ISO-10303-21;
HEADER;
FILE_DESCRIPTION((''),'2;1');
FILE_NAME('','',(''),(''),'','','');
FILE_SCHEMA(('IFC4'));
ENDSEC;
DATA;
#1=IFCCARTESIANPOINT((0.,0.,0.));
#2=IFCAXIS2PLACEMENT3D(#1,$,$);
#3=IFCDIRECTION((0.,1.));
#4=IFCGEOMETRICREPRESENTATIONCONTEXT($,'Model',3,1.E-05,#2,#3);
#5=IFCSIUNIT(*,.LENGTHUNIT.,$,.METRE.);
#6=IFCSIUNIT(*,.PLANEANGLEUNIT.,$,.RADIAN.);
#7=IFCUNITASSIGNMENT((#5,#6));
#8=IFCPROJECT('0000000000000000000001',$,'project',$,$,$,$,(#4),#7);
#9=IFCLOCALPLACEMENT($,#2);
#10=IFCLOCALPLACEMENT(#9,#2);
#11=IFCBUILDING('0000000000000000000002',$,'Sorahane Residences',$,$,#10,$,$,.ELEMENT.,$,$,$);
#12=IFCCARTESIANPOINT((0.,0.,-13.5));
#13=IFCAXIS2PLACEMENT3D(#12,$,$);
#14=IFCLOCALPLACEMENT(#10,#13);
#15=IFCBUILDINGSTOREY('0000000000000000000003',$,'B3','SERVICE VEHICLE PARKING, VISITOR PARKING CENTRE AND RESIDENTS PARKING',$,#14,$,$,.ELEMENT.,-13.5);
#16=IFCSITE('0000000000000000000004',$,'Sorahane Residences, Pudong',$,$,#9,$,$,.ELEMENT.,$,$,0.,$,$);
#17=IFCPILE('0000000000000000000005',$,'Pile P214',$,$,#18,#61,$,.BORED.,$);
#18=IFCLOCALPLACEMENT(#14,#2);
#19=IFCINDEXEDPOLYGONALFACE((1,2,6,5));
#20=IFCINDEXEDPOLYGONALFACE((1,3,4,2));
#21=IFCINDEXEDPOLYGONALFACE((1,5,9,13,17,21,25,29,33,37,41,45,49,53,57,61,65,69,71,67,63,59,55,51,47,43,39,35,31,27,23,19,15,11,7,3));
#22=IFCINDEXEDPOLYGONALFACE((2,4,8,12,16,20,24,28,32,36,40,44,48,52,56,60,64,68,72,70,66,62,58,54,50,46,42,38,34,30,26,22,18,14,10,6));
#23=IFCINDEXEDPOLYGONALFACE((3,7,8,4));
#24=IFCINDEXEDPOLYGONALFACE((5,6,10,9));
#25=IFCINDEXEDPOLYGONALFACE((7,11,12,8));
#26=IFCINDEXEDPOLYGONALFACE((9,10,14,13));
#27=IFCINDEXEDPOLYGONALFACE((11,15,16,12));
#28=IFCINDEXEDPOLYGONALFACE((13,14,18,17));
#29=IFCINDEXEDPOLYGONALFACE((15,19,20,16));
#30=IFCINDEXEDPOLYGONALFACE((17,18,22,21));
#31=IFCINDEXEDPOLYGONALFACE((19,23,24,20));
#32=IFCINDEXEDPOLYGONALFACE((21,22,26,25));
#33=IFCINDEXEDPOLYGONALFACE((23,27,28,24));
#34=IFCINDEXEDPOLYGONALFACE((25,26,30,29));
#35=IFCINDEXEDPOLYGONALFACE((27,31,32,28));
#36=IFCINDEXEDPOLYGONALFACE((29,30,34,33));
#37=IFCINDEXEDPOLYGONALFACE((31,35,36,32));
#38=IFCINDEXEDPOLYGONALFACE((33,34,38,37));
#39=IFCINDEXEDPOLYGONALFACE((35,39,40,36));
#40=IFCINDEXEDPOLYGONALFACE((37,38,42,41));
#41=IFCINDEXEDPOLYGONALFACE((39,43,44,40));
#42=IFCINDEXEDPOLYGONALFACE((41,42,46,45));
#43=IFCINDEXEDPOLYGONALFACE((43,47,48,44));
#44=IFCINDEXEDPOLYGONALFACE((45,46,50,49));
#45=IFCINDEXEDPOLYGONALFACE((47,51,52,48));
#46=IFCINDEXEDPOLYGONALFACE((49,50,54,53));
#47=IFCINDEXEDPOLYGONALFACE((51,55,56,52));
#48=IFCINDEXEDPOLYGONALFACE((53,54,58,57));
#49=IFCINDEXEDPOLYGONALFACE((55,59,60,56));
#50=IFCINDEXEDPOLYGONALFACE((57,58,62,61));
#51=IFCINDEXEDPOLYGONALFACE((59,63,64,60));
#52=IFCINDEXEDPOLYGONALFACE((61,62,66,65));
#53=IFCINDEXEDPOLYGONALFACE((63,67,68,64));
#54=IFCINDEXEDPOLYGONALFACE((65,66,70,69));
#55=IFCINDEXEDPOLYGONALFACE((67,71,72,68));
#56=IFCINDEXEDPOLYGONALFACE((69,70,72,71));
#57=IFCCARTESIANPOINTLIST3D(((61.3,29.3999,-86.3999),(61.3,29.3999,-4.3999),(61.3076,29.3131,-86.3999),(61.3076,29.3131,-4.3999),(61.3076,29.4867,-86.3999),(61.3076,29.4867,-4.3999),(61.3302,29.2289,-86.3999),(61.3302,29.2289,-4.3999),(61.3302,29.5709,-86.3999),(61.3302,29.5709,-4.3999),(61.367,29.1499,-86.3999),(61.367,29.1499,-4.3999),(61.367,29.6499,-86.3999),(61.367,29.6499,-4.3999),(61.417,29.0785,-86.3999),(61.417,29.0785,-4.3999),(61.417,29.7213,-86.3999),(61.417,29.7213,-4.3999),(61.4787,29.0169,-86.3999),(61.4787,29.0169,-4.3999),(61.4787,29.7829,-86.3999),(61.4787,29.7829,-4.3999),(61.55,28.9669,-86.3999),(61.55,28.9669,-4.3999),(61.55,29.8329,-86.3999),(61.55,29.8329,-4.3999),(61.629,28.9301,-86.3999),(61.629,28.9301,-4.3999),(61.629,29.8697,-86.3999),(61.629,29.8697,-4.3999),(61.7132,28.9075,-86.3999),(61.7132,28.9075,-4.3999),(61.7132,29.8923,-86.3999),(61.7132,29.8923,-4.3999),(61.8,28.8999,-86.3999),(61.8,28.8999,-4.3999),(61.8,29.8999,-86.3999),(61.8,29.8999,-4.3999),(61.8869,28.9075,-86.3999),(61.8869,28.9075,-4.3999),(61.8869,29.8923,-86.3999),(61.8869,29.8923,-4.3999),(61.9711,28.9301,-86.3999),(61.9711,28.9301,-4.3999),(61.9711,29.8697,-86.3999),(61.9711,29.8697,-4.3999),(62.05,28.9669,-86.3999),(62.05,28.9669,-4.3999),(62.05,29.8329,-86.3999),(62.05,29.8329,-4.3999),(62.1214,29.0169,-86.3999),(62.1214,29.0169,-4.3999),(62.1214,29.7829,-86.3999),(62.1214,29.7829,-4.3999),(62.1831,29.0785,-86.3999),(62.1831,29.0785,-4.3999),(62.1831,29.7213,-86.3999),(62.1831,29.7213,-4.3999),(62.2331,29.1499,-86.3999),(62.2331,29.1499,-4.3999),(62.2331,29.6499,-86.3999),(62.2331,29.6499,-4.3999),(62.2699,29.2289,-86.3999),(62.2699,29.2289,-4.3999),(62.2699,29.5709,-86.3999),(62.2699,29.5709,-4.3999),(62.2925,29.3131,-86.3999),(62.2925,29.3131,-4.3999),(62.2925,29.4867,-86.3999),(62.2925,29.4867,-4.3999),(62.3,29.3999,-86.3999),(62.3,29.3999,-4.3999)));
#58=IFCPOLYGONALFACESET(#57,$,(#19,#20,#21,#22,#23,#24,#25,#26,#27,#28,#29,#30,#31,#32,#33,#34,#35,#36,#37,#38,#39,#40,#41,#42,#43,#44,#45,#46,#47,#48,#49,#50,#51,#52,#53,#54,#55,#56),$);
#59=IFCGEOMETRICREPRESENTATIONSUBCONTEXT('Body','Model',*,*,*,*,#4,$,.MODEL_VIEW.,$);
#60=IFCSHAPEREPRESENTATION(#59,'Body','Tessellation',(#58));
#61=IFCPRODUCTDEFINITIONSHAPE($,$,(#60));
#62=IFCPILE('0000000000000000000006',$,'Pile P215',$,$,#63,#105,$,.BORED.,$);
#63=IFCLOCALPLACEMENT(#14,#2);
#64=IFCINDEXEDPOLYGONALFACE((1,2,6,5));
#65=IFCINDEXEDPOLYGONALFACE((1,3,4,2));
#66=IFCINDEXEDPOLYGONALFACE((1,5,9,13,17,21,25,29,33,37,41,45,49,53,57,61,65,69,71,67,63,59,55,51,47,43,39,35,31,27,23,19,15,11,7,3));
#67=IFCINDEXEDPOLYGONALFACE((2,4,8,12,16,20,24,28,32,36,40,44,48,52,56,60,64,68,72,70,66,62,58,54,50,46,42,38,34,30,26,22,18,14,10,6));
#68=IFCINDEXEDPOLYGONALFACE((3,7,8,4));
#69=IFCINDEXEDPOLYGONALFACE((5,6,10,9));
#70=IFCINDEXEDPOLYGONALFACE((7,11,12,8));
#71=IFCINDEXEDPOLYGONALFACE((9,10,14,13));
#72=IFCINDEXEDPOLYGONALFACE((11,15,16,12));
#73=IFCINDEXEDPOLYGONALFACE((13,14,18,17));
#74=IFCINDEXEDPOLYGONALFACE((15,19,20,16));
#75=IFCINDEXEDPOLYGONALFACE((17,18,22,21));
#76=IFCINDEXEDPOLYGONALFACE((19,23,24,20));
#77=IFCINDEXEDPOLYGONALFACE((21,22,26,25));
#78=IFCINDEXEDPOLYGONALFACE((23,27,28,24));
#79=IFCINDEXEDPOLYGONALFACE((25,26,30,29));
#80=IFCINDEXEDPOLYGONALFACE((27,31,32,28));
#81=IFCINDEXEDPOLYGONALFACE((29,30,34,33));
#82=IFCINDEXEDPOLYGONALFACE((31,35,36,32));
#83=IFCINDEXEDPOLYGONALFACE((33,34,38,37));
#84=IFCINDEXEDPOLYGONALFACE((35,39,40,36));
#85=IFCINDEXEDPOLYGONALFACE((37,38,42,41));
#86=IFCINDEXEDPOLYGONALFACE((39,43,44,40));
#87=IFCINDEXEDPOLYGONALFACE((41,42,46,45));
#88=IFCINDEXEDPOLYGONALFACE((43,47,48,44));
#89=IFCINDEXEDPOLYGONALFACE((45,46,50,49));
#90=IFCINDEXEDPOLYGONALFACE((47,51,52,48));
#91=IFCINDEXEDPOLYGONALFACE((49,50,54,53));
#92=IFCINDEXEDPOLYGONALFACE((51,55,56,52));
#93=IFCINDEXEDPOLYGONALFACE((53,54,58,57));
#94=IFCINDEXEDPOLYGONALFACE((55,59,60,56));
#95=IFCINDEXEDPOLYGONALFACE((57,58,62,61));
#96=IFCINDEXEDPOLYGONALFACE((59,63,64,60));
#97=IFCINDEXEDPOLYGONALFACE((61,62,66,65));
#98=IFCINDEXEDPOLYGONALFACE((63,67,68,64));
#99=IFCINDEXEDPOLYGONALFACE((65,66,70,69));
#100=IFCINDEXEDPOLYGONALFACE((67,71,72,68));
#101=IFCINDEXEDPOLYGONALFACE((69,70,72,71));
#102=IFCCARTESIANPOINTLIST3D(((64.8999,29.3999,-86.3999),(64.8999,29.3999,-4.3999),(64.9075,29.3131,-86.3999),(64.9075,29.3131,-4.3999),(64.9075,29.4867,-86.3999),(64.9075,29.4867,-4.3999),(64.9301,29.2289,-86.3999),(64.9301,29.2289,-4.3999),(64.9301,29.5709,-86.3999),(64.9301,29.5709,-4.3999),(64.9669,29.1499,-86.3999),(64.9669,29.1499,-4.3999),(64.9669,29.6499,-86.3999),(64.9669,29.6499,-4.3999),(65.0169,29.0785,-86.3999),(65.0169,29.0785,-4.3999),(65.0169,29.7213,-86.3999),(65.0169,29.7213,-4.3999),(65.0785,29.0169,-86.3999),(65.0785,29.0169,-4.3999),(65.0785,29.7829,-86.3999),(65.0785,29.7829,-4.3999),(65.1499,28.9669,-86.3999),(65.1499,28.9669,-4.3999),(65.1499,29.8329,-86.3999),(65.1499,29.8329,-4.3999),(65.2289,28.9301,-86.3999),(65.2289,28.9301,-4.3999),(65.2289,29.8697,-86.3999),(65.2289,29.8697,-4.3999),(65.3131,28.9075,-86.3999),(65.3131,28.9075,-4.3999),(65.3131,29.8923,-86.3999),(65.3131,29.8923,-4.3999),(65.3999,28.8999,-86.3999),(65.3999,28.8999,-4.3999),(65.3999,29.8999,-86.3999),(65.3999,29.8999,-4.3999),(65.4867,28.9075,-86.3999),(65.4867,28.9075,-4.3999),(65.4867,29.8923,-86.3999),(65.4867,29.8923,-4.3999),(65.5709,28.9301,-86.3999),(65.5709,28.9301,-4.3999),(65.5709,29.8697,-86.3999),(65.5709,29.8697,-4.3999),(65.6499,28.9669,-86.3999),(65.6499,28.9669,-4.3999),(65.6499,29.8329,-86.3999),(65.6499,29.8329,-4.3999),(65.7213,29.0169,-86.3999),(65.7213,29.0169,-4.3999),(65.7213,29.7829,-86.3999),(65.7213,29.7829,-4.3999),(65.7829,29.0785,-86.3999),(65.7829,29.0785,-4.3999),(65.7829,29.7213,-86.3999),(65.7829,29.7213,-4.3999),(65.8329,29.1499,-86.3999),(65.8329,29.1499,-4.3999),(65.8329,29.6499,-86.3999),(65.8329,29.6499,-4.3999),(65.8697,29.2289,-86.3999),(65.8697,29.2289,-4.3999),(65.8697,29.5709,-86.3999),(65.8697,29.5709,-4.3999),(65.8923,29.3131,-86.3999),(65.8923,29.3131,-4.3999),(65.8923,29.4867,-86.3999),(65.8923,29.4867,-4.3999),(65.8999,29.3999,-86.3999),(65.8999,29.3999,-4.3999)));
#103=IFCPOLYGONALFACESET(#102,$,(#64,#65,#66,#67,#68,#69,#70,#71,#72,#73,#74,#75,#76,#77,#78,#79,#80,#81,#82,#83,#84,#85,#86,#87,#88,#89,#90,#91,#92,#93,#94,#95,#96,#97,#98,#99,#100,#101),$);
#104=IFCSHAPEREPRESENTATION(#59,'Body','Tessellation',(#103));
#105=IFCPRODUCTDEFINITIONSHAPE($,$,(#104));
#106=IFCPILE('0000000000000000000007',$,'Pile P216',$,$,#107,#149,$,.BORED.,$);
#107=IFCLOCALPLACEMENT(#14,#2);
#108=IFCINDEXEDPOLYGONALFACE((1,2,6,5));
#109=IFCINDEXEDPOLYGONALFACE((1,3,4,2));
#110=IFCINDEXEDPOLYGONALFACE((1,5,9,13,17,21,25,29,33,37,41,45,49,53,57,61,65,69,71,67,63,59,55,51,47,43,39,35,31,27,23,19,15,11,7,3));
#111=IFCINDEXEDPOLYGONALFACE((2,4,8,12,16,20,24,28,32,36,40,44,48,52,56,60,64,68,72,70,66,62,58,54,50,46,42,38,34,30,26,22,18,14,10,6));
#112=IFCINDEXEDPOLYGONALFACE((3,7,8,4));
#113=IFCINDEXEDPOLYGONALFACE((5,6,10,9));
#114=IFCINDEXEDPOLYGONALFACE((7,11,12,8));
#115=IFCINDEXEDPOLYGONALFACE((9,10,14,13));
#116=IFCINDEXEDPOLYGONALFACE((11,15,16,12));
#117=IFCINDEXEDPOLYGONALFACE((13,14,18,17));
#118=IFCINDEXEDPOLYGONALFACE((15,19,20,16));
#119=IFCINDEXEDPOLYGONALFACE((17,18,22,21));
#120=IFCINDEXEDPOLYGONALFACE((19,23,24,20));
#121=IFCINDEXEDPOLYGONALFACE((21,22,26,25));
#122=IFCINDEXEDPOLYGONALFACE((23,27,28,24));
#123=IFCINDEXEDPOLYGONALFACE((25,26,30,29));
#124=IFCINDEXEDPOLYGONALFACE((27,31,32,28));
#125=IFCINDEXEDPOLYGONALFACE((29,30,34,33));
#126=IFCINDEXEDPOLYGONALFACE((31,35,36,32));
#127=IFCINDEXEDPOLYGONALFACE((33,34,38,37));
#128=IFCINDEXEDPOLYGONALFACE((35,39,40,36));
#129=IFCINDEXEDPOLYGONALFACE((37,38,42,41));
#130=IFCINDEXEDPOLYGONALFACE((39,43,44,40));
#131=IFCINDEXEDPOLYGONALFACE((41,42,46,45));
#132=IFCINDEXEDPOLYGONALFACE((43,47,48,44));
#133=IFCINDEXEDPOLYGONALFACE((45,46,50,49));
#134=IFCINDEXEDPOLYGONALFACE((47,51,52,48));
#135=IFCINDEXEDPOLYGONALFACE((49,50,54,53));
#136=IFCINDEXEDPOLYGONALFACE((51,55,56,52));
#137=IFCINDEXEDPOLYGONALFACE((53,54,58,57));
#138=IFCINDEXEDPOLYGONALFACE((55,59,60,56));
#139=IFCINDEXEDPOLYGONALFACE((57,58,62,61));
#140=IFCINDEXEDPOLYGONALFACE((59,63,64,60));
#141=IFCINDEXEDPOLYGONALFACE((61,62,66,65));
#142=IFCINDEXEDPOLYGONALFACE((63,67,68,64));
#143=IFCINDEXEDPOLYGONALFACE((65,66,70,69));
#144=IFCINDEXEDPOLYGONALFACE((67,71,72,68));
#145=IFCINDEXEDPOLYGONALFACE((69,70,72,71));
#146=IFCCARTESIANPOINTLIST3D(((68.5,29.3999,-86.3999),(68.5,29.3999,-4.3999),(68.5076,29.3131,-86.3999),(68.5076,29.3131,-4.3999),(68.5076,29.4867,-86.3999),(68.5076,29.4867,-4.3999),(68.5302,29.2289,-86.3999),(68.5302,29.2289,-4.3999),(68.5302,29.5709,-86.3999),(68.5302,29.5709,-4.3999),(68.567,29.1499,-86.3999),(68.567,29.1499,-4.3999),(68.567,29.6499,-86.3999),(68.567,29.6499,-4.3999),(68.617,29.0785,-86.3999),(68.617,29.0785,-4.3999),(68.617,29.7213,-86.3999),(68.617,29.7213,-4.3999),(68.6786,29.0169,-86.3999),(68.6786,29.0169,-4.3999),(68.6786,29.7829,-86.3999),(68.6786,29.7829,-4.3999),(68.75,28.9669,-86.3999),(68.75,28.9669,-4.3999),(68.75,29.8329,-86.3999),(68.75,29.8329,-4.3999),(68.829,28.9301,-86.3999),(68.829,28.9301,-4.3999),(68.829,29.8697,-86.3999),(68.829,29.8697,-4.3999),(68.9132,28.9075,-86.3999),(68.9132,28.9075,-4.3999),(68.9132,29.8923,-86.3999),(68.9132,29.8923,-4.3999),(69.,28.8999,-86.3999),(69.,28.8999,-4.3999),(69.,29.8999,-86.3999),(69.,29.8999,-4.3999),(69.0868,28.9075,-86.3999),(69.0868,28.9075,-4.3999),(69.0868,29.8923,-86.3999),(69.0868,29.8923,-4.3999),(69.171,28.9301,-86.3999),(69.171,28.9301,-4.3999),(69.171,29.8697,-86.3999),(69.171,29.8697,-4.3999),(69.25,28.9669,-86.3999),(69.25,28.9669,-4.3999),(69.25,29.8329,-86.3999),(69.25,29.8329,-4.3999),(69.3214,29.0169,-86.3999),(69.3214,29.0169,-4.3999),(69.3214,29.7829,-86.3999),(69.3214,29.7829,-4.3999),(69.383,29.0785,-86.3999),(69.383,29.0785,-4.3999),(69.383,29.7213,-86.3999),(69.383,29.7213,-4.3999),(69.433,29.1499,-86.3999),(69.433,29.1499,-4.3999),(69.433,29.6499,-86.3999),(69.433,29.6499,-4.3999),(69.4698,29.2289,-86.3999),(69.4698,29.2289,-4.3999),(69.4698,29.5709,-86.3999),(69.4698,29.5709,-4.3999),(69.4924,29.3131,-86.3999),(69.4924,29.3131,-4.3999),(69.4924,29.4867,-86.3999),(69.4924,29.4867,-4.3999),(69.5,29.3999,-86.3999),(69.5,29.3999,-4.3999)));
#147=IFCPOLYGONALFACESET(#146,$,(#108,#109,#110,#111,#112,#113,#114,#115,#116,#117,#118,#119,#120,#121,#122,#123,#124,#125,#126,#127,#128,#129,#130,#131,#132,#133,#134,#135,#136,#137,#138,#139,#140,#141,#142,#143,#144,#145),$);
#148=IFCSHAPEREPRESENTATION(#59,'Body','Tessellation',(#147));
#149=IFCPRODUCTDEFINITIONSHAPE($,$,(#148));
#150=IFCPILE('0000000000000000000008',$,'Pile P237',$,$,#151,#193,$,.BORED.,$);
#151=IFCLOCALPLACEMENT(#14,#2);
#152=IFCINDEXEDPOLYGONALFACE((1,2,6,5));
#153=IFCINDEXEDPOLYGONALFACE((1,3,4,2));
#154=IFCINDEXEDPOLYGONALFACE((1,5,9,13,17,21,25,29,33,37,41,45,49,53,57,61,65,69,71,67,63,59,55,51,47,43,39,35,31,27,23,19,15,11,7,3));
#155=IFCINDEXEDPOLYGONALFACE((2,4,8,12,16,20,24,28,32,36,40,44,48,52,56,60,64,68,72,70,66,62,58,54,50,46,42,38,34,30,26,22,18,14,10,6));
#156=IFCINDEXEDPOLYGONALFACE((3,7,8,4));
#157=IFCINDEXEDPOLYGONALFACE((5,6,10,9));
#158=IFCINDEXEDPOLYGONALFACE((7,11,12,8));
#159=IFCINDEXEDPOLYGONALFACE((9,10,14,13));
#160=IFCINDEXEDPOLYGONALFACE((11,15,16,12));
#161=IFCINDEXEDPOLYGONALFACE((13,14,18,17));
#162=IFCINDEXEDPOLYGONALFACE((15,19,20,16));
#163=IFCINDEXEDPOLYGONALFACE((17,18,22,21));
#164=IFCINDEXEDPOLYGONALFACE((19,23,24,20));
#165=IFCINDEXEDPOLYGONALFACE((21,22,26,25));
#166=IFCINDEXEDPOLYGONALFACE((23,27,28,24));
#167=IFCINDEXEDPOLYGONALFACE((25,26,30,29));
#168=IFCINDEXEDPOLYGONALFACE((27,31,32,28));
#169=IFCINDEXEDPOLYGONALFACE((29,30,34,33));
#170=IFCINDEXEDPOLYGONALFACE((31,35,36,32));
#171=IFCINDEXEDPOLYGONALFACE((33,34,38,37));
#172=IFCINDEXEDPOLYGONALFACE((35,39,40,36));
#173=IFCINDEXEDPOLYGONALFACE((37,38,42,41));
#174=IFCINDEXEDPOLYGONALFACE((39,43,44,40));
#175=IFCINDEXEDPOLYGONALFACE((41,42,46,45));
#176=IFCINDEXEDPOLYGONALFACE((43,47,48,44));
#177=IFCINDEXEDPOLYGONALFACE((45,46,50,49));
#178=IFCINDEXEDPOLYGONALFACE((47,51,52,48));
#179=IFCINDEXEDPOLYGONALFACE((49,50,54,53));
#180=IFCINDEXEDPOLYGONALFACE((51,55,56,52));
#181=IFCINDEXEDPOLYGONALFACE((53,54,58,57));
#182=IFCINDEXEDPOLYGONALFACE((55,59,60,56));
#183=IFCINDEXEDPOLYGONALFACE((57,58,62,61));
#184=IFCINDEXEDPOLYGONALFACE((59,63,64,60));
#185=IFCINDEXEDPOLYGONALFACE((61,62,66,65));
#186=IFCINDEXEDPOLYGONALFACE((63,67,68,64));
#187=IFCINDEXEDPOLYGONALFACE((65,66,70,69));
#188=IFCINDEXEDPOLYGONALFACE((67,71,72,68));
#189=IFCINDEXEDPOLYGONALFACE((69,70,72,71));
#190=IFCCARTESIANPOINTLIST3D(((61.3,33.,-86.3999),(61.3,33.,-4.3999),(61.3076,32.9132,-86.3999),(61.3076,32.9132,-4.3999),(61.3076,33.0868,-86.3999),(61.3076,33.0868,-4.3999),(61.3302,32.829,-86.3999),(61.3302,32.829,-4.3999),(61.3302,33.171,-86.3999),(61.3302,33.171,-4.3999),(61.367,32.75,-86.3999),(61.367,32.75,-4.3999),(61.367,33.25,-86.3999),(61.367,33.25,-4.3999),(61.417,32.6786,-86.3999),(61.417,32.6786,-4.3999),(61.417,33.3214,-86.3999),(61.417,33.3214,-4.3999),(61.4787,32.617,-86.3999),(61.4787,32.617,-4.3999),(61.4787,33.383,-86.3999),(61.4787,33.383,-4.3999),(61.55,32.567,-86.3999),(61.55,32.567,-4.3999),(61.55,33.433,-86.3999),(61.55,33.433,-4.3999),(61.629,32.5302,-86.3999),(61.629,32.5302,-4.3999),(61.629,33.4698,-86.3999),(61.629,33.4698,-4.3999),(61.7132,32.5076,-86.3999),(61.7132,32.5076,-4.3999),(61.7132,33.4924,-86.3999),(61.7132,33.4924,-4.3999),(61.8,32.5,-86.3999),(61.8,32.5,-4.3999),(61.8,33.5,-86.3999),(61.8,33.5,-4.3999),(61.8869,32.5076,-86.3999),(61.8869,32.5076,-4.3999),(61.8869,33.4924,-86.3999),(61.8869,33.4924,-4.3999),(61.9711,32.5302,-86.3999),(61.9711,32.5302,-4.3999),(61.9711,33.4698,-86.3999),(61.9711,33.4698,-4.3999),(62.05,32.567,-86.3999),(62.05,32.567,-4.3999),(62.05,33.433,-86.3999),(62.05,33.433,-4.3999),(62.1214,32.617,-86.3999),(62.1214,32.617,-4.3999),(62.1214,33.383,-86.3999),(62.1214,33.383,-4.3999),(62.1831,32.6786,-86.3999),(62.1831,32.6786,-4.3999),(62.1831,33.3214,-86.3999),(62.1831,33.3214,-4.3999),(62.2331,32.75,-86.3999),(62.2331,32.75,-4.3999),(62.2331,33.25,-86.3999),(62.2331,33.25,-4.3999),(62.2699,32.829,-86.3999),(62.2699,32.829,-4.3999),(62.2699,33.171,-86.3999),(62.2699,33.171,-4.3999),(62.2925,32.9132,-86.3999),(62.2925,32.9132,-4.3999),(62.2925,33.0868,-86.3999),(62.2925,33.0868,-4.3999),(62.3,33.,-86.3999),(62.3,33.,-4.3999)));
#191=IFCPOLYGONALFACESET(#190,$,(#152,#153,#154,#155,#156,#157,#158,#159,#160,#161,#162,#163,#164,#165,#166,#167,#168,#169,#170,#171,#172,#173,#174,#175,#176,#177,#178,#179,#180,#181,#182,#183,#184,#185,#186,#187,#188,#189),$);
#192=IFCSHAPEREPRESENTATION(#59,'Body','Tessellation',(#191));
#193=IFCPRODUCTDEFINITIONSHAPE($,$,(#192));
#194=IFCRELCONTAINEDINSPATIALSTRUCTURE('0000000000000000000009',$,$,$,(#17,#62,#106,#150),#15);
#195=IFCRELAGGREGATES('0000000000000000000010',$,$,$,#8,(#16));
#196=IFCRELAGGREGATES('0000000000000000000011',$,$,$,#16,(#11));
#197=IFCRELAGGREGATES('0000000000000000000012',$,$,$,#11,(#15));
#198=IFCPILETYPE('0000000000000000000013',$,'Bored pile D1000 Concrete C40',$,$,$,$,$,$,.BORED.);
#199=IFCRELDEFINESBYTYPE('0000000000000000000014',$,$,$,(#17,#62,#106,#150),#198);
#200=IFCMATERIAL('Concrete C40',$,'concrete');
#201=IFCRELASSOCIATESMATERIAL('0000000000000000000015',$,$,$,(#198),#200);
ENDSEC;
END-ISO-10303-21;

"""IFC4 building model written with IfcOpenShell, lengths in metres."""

from ifc_helpers import new_model, si_unit, direction, frame, origin, origin_2d, place, context, subcontext, project, spatial, circle, extrude, material, material_profile, profile_set, type_object, element, save


model = new_model("IFC4")

# Units and contexts
model_context = context("Model", 3, precision=1e-05, world=origin(), true_north=direction((0.0, 1.0)))
body_context = subcontext(model_context, "Body", "Model", "MODEL_VIEW")
ifc_project = project(units=[si_unit("LENGTHUNIT", "METRE"), si_unit("PLANEANGLEUNIT", "RADIAN")], contexts=[model_context])

# Site, building, storey
site_placement = place(None, origin())
site = spatial("IfcSite", under=ifc_project, at=site_placement, Name="Sorahane Residences, Pudong", CompositionType="ELEMENT", RefElevation=0.0)
building_placement = place(site_placement, origin())
building = spatial("IfcBuilding", under=site, at=building_placement, Name="Sorahane Residences", CompositionType="ELEMENT")
storey_placement = place(building_placement, frame((0.0, 0.0, -13.5)))
storey = spatial("IfcBuildingStorey", under=building, at=storey_placement, Name="B3", Description="SERVICE VEHICLE PARKING, VISITOR PARKING CENTRE AND RESIDENTS PARKING", CompositionType="ELEMENT", Elevation=-13.5)

# Piles
ifc_material_1 = material(Name="Concrete C40", Category="concrete")
ifc_material_profile_1 = material_profile(ifc_material_1, circle(Radius=0.5, at=origin_2d()), Name="D1000")
ifc_profile_set_1 = profile_set([ifc_material_profile_1], Name="Concrete C40")
pile_type = type_object("IfcPileType", Name="Bored pile D1000 Concrete C40", PredefinedType="BORED", material=ifc_profile_set_1)
for number, where, z_axis, x_axis, name in (
    (1, (61.8, 29.3999, -4.3999), (0.0, 0.0, -1.0), (1.0, 0.0, 0.0), "Pile P214"),
    (2, (65.3999, 29.3999, -4.3999), (0.0, 0.0, -1.0), (1.0, 0.0, 0.0), "Pile P215"),
    (3, (69.0, 29.3999, -4.3999), (0.0, 0.0, -1.0), (1.0, 0.0, 0.0), "Pile P216"),
    (4, (61.8, 33.0, -4.3999), (0.0, 0.0, -1.0), (1.0, 0.0, 0.0), "Pile P237"),
):
    element("IfcPile", number, at=place(storey_placement, frame(where, z_axis=z_axis, x_axis=x_axis)), inside=storey, type_object=pile_type, Name=name, PredefinedType="BORED", context=body_context, shape_type="SweptSolid", body=[
        extrude(circle(Radius=0.5, at=origin_2d()), origin(), (0.0, 0.0, 1.0), 82.0),
    ])

save(model, "model.ifc")
